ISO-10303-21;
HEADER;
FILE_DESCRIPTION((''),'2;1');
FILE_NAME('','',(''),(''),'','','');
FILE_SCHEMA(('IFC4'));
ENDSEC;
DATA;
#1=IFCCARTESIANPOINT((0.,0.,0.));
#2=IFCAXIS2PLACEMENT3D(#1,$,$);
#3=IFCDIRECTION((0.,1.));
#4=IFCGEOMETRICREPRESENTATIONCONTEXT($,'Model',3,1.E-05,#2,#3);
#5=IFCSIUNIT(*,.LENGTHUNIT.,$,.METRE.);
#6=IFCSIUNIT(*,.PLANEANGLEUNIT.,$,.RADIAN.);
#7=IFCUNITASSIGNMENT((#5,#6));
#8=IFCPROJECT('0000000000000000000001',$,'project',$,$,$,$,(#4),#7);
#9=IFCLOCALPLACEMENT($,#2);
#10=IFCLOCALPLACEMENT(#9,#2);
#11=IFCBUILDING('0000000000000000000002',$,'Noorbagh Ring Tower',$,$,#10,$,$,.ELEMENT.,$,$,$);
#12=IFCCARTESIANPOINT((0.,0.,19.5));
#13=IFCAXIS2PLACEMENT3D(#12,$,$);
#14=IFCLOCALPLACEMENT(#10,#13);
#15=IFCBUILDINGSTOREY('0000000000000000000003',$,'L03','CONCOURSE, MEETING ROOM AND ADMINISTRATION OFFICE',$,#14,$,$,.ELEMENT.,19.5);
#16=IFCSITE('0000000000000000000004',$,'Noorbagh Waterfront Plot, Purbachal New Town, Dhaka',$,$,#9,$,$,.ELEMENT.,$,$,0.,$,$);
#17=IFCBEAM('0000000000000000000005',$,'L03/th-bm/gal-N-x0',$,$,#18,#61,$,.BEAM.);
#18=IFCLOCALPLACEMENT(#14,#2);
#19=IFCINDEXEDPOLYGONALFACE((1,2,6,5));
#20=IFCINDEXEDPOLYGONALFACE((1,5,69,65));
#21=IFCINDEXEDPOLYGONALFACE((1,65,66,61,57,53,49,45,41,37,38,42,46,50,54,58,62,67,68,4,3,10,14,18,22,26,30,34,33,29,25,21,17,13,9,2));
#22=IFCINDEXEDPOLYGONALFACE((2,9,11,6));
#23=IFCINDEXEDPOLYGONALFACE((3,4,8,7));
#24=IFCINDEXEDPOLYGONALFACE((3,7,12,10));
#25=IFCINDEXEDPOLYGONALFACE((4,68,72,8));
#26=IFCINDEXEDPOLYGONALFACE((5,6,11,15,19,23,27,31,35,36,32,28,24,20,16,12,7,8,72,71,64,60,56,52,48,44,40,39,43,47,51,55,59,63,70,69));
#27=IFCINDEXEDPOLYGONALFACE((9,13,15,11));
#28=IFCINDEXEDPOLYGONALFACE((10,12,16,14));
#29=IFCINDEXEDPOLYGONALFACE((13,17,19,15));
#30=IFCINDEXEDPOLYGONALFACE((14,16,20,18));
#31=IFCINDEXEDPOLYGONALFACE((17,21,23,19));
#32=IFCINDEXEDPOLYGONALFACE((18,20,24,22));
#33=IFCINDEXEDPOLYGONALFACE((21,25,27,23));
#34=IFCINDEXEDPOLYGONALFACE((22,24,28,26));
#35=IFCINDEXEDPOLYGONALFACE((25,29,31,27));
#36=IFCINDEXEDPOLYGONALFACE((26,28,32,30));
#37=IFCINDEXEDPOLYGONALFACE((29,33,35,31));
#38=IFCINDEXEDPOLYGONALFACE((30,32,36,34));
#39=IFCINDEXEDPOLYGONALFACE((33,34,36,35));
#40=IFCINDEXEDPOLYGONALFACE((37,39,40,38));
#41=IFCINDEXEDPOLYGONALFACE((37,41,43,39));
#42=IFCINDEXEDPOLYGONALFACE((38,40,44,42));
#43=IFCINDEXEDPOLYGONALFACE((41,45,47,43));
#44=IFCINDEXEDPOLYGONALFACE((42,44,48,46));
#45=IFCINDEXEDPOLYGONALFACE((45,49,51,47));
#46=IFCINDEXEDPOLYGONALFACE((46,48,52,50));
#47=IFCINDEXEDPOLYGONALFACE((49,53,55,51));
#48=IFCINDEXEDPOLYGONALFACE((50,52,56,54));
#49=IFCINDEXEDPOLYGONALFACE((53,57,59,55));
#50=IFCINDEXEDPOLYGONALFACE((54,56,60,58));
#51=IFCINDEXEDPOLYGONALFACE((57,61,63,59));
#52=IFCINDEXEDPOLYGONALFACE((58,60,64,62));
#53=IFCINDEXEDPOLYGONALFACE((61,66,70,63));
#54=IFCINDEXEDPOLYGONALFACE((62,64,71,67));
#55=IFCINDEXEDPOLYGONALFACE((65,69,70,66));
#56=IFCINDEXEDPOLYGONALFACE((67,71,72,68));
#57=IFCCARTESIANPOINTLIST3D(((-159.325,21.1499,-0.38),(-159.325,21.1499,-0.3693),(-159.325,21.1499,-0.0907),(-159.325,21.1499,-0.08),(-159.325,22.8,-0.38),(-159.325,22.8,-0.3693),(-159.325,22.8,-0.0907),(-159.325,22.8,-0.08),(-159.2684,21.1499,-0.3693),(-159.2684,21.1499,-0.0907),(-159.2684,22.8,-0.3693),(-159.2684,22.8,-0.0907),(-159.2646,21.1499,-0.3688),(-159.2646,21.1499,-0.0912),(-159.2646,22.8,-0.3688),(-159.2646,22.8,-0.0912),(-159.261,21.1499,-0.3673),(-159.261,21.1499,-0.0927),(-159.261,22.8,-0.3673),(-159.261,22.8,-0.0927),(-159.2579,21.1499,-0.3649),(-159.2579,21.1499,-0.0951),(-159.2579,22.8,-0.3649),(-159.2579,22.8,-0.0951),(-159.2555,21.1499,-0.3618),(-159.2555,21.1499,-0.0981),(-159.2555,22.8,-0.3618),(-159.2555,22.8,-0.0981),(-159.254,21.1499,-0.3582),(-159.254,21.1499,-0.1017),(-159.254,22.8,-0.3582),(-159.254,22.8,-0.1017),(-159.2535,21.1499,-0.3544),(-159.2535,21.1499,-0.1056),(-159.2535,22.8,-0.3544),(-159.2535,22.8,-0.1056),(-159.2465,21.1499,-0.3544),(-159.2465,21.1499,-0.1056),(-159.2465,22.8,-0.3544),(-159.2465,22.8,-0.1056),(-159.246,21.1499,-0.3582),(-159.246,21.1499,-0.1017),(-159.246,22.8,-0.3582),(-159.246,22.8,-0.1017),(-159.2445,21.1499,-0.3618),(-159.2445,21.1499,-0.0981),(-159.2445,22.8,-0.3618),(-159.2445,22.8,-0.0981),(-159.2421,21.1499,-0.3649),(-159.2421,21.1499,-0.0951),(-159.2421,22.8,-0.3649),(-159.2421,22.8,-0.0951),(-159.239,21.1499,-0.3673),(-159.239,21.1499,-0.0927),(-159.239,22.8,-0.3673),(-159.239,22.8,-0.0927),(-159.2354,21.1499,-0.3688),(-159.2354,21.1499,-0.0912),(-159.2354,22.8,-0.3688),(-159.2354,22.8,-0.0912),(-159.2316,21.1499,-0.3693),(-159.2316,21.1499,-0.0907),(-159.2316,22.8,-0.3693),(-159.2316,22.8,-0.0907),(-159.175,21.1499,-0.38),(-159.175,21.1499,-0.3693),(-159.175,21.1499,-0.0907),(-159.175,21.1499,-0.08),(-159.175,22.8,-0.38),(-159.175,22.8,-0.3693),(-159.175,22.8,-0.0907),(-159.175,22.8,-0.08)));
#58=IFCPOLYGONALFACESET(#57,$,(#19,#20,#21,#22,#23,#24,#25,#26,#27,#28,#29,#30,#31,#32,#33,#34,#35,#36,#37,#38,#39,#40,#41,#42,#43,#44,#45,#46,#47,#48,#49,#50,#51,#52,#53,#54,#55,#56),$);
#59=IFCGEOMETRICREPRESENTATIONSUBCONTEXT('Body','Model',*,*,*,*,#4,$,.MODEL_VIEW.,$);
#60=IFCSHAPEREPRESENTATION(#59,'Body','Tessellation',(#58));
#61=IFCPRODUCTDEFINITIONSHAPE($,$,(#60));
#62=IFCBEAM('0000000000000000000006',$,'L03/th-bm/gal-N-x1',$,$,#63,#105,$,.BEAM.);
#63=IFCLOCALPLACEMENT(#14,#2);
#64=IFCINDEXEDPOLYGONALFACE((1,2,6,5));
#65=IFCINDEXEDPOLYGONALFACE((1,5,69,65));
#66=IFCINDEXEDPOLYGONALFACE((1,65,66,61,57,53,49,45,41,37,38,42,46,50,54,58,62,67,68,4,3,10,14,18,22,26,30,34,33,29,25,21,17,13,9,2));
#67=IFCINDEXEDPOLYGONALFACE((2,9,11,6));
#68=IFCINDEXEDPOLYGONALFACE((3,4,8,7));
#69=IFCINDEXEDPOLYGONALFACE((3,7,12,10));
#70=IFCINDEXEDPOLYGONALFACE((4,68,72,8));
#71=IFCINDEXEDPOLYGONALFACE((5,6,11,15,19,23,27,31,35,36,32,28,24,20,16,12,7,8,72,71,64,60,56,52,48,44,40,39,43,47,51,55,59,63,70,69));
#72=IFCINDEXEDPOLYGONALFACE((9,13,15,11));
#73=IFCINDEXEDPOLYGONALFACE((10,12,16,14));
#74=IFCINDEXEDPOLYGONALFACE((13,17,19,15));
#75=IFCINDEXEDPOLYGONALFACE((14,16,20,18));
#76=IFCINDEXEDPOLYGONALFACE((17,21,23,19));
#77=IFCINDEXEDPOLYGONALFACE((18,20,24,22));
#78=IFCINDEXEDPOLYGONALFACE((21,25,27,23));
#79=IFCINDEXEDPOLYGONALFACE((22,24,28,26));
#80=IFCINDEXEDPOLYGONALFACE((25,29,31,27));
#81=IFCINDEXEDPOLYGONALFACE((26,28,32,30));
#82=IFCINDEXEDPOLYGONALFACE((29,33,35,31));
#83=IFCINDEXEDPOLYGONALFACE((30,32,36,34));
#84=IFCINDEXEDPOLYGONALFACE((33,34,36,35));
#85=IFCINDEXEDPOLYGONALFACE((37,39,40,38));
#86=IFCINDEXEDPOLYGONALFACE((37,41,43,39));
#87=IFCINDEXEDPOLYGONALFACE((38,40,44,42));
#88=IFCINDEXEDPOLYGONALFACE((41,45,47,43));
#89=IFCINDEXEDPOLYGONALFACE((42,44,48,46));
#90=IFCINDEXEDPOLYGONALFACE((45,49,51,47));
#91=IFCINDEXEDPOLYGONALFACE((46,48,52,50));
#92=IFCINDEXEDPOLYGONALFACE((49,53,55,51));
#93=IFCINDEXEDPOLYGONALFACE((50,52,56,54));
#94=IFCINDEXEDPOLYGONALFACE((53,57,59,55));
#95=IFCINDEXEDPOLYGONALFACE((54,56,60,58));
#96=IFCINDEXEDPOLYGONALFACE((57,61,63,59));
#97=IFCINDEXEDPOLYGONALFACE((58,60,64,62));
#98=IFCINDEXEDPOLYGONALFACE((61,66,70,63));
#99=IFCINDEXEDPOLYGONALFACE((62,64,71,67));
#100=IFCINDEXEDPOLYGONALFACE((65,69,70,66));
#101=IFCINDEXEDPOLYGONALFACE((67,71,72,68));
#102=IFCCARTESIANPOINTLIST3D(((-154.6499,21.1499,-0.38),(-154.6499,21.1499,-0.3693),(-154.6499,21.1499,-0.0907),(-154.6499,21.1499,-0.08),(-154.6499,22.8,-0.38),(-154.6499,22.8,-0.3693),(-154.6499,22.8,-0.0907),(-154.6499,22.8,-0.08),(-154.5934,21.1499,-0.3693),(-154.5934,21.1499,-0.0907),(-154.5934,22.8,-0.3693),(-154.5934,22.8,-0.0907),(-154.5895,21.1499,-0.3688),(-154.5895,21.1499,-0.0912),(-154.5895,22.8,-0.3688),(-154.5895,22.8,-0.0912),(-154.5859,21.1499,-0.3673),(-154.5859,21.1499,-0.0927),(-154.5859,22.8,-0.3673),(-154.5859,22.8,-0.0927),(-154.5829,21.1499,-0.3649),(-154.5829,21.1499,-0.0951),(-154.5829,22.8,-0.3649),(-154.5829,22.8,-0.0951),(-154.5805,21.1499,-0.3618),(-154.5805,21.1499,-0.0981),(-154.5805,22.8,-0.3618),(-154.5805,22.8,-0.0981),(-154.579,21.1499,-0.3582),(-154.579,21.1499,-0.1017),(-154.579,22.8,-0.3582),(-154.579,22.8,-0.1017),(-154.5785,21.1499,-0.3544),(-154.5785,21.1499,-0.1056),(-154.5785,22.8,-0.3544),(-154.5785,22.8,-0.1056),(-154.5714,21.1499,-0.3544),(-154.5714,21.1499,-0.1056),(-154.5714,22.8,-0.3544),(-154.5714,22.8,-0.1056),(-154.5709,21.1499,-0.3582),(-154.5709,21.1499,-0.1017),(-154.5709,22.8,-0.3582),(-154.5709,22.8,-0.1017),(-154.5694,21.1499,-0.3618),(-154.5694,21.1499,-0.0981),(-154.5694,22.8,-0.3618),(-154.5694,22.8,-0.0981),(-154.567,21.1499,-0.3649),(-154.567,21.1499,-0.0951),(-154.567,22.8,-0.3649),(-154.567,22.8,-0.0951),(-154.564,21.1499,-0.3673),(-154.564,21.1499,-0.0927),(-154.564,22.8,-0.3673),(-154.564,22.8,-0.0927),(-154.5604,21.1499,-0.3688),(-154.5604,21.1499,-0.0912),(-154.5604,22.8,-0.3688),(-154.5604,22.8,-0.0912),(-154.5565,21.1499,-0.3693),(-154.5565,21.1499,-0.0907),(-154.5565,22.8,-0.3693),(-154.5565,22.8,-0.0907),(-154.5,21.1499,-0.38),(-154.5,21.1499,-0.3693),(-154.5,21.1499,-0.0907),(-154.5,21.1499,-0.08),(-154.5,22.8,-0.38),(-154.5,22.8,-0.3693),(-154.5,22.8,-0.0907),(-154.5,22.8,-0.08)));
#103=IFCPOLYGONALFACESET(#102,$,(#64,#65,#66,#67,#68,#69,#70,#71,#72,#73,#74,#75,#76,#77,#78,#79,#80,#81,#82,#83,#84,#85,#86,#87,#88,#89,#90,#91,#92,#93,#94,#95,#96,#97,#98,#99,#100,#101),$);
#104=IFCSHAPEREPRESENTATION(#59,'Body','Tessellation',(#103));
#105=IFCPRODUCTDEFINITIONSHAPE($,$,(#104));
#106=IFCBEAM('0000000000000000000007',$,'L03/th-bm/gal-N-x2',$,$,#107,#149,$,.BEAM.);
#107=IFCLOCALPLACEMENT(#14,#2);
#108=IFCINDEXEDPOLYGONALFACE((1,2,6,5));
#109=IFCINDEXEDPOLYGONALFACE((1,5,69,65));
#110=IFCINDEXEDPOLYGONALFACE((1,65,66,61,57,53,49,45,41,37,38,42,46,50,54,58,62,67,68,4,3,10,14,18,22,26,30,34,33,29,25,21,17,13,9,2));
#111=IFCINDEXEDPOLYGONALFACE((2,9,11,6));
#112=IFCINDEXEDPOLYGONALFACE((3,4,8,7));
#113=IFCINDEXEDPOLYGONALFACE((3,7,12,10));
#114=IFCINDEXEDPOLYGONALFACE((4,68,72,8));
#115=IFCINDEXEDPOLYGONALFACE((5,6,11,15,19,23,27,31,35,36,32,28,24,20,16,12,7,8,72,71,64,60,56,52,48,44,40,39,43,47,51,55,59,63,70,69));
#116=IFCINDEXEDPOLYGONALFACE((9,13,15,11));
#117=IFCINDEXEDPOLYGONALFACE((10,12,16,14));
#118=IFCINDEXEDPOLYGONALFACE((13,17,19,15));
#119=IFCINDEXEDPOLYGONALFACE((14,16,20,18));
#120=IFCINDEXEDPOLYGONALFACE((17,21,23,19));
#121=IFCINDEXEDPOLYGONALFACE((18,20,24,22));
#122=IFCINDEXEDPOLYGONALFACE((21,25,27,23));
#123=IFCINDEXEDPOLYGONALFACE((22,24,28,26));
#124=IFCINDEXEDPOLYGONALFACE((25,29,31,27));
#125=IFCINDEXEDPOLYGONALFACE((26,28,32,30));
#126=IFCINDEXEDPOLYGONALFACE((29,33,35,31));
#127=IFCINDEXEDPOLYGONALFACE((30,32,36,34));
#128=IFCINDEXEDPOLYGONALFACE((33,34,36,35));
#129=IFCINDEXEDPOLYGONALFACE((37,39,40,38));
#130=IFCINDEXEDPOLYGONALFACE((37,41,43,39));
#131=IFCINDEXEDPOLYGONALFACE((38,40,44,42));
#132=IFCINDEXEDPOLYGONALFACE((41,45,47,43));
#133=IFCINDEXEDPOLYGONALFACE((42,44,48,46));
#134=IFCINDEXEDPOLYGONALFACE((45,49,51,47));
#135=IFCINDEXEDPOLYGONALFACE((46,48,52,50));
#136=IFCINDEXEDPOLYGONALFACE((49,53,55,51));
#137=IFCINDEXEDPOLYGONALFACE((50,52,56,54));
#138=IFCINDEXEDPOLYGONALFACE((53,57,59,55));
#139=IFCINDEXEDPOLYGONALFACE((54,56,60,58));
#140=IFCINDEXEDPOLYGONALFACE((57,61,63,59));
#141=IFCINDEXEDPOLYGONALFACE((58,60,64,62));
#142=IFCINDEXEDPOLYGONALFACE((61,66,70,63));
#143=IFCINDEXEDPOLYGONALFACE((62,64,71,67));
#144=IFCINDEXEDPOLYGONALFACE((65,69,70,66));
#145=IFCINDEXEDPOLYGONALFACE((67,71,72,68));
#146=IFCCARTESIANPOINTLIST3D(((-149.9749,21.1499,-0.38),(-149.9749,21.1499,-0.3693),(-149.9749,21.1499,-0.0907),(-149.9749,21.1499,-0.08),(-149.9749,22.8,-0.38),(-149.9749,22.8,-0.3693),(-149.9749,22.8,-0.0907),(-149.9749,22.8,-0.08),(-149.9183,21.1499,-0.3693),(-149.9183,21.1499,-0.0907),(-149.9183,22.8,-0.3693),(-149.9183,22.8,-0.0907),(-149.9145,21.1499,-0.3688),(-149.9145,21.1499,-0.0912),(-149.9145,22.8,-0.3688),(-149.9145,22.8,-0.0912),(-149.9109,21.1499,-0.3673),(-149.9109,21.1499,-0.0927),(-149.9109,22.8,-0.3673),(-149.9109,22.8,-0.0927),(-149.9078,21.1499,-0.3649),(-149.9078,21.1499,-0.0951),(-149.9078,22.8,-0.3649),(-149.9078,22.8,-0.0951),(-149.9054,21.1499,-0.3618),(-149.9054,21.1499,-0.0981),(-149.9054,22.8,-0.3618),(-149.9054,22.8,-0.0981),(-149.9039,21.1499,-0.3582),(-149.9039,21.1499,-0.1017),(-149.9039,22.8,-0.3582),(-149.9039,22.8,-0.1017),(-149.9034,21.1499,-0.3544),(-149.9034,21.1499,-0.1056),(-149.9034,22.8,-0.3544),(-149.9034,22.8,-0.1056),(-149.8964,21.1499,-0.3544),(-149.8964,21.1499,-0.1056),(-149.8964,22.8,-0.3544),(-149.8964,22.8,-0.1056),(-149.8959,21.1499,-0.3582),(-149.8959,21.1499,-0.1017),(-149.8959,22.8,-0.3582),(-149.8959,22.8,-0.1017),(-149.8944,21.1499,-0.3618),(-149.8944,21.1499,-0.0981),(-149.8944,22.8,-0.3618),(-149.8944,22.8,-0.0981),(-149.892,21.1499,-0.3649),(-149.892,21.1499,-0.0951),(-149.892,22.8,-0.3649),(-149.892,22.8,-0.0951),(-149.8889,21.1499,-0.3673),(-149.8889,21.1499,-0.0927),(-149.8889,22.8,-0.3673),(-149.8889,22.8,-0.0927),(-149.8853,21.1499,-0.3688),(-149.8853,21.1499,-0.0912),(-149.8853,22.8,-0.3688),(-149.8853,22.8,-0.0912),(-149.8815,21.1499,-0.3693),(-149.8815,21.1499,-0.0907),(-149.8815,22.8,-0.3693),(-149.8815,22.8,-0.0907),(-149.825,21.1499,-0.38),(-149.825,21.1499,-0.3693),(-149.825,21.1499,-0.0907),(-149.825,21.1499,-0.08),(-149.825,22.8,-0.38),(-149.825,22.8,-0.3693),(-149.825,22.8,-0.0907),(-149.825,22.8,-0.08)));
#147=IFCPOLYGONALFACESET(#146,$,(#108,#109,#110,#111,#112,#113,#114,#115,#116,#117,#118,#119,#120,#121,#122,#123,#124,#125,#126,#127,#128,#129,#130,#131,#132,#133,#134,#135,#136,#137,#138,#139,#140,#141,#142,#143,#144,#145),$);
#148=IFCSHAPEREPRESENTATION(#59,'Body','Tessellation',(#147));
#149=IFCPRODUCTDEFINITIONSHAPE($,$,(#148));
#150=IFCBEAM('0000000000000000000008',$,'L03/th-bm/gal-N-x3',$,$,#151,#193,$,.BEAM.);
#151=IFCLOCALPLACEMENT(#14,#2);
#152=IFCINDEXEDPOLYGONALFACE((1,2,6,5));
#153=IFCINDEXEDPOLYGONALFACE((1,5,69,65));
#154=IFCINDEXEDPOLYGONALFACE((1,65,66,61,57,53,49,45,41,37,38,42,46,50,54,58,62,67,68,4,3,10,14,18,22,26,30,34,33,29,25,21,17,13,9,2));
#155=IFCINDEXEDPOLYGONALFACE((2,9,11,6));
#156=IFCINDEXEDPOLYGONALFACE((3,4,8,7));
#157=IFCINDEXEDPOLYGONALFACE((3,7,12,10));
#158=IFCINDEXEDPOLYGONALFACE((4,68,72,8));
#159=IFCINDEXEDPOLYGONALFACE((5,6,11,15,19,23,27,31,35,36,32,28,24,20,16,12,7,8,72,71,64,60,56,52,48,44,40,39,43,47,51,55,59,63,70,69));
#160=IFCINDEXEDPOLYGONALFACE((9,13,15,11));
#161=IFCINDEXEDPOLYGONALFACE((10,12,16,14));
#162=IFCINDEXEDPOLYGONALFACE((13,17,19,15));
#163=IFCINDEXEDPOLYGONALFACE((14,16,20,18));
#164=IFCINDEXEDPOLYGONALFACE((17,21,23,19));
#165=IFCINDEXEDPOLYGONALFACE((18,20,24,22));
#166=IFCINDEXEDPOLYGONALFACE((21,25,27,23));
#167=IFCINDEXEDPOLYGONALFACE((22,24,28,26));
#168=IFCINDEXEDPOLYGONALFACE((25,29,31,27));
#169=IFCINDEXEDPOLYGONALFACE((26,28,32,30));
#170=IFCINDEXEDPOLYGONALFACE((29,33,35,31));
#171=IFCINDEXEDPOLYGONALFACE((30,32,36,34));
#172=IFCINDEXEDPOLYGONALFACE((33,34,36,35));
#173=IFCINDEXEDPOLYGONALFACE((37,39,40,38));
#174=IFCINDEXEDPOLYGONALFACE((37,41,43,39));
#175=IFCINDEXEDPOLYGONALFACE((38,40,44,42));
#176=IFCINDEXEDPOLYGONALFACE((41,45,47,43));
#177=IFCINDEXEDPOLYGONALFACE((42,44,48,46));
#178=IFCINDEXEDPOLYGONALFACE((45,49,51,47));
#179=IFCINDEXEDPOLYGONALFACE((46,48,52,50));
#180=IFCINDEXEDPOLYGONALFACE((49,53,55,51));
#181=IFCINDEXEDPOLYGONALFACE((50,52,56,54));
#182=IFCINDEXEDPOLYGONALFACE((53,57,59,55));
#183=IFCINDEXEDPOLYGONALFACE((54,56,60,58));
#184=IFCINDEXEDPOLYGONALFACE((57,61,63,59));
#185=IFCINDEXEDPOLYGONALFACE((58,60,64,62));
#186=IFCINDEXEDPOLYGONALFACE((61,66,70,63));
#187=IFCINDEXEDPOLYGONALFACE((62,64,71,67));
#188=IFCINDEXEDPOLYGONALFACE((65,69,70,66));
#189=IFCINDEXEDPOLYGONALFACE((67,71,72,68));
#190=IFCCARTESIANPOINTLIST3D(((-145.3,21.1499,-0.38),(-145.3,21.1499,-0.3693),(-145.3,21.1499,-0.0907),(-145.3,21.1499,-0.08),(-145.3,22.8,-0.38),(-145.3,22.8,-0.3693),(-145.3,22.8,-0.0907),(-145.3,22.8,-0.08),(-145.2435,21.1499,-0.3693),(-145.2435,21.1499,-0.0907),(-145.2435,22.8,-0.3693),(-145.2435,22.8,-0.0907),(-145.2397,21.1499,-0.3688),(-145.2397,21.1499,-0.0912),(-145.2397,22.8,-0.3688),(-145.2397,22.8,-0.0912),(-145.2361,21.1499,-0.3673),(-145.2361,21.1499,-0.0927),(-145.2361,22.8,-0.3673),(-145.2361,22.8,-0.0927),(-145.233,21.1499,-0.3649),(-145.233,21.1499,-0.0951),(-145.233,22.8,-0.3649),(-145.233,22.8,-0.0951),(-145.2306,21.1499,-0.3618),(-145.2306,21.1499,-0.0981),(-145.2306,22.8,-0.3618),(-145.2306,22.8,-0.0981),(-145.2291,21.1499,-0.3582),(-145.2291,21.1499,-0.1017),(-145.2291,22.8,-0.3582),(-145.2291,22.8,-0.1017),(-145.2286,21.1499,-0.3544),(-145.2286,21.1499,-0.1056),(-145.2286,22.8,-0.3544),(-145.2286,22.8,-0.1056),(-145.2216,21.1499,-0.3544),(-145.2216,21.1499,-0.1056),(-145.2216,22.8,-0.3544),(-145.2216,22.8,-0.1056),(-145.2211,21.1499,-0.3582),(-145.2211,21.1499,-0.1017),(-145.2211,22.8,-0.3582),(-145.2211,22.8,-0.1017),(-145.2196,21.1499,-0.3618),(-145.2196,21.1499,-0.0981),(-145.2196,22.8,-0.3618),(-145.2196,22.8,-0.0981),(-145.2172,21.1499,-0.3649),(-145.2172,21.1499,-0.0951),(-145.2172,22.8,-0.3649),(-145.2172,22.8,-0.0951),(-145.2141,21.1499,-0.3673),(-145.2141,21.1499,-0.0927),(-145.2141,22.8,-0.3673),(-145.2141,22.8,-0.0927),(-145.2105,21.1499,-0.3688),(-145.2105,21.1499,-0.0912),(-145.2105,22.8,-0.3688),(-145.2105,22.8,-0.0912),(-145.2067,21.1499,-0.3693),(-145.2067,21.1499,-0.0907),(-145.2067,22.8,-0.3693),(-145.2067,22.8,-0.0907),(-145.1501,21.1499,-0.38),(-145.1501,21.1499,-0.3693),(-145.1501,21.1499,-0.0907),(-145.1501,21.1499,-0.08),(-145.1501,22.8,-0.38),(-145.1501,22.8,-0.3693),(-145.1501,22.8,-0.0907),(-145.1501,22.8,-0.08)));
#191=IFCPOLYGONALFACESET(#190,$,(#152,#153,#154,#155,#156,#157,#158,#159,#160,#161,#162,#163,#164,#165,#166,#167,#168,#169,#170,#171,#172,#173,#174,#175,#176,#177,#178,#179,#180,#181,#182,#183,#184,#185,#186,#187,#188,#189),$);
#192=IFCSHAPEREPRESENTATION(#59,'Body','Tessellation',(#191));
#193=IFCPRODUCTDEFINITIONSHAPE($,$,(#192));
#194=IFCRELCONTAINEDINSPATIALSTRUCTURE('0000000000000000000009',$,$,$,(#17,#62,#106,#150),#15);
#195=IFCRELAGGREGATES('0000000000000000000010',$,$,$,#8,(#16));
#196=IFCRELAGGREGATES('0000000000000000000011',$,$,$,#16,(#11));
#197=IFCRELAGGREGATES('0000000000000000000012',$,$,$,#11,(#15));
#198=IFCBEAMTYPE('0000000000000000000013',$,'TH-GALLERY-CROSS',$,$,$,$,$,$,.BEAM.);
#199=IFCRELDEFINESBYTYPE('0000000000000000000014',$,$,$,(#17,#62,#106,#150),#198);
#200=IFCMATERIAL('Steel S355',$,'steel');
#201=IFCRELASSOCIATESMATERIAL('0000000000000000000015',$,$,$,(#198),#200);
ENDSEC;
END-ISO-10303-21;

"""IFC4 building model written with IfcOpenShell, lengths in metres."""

from ifc_helpers import new_model, si_unit, direction, frame, origin, origin_2d, place, context, subcontext, project, spatial, i_section, extrude, material, material_profile, profile_set, type_object, element, save


model = new_model("IFC4")

# Units and contexts
model_context = context("Model", 3, precision=1e-05, world=origin(), true_north=direction((0.0, 1.0)))
body_context = subcontext(model_context, "Body", "Model", "MODEL_VIEW")
ifc_project = project(units=[si_unit("LENGTHUNIT", "METRE"), si_unit("PLANEANGLEUNIT", "RADIAN")], contexts=[model_context])

# Site, building, storey
site_placement = place(None, origin())
site = spatial("IfcSite", under=ifc_project, at=site_placement, Name="Noorbagh Waterfront Plot, Purbachal New Town, Dhaka", CompositionType="ELEMENT", RefElevation=0.0)
building_placement = place(site_placement, origin())
building = spatial("IfcBuilding", under=site, at=building_placement, Name="Noorbagh Ring Tower", CompositionType="ELEMENT")
storey_placement = place(building_placement, frame((0.0, 0.0, 19.5)))
storey = spatial("IfcBuildingStorey", under=building, at=storey_placement, Name="L03", Description="CONCOURSE, MEETING ROOM AND ADMINISTRATION OFFICE", CompositionType="ELEMENT", Elevation=19.5)

# Beams
ifc_material_1 = material(Name="Steel S355", Category="steel")
ifc_material_profile_1 = material_profile(ifc_material_1, i_section(OverallWidth=0.1499, OverallDepth=0.3, WebThickness=0.0071, FlangeThickness=0.0107, FilletRadius=0.0149, at=origin_2d()), Name="IPE300")
ifc_profile_set_1 = profile_set([ifc_material_profile_1], Name="Steel S355")
beam_type_1 = type_object("IfcBeamType", Name="TH-GALLERY-CROSS", PredefinedType="BEAM", material=ifc_profile_set_1)
for number, where, z_axis, x_axis, name in (
    (1, (-159.25, 22.8, -0.23), (0.0, -1.0, 0.0), (1.0, 0.0, 0.0), "L03/th-bm/gal-N-x0"),
    (2, (-154.575, 22.8, -0.23), (0.0, -1.0, 0.0), (1.0, 0.0, 0.0), "L03/th-bm/gal-N-x1"),
    (3, (-149.8999, 22.8, -0.23), (0.0, -1.0, 0.0), (1.0, 0.0, 0.0), "L03/th-bm/gal-N-x2"),
    (4, (-145.2251, 22.8, -0.23), (0.0, -1.0, 0.0), (1.0, 0.0, 0.0), "L03/th-bm/gal-N-x3"),
):
    element("IfcBeam", number, at=place(storey_placement, frame(where, z_axis=z_axis, x_axis=x_axis)), inside=storey, type_object=beam_type_1, Name=name, PredefinedType="BEAM", context=body_context, shape_type="SweptSolid", body=[
        extrude(i_section(OverallWidth=0.1499, OverallDepth=0.3, WebThickness=0.0071, FlangeThickness=0.0107, FilletRadius=0.0149, at=origin_2d()), origin(), (0.0, 0.0, 1.0), 1.6501),
    ])

save(model, "model.ifc")
